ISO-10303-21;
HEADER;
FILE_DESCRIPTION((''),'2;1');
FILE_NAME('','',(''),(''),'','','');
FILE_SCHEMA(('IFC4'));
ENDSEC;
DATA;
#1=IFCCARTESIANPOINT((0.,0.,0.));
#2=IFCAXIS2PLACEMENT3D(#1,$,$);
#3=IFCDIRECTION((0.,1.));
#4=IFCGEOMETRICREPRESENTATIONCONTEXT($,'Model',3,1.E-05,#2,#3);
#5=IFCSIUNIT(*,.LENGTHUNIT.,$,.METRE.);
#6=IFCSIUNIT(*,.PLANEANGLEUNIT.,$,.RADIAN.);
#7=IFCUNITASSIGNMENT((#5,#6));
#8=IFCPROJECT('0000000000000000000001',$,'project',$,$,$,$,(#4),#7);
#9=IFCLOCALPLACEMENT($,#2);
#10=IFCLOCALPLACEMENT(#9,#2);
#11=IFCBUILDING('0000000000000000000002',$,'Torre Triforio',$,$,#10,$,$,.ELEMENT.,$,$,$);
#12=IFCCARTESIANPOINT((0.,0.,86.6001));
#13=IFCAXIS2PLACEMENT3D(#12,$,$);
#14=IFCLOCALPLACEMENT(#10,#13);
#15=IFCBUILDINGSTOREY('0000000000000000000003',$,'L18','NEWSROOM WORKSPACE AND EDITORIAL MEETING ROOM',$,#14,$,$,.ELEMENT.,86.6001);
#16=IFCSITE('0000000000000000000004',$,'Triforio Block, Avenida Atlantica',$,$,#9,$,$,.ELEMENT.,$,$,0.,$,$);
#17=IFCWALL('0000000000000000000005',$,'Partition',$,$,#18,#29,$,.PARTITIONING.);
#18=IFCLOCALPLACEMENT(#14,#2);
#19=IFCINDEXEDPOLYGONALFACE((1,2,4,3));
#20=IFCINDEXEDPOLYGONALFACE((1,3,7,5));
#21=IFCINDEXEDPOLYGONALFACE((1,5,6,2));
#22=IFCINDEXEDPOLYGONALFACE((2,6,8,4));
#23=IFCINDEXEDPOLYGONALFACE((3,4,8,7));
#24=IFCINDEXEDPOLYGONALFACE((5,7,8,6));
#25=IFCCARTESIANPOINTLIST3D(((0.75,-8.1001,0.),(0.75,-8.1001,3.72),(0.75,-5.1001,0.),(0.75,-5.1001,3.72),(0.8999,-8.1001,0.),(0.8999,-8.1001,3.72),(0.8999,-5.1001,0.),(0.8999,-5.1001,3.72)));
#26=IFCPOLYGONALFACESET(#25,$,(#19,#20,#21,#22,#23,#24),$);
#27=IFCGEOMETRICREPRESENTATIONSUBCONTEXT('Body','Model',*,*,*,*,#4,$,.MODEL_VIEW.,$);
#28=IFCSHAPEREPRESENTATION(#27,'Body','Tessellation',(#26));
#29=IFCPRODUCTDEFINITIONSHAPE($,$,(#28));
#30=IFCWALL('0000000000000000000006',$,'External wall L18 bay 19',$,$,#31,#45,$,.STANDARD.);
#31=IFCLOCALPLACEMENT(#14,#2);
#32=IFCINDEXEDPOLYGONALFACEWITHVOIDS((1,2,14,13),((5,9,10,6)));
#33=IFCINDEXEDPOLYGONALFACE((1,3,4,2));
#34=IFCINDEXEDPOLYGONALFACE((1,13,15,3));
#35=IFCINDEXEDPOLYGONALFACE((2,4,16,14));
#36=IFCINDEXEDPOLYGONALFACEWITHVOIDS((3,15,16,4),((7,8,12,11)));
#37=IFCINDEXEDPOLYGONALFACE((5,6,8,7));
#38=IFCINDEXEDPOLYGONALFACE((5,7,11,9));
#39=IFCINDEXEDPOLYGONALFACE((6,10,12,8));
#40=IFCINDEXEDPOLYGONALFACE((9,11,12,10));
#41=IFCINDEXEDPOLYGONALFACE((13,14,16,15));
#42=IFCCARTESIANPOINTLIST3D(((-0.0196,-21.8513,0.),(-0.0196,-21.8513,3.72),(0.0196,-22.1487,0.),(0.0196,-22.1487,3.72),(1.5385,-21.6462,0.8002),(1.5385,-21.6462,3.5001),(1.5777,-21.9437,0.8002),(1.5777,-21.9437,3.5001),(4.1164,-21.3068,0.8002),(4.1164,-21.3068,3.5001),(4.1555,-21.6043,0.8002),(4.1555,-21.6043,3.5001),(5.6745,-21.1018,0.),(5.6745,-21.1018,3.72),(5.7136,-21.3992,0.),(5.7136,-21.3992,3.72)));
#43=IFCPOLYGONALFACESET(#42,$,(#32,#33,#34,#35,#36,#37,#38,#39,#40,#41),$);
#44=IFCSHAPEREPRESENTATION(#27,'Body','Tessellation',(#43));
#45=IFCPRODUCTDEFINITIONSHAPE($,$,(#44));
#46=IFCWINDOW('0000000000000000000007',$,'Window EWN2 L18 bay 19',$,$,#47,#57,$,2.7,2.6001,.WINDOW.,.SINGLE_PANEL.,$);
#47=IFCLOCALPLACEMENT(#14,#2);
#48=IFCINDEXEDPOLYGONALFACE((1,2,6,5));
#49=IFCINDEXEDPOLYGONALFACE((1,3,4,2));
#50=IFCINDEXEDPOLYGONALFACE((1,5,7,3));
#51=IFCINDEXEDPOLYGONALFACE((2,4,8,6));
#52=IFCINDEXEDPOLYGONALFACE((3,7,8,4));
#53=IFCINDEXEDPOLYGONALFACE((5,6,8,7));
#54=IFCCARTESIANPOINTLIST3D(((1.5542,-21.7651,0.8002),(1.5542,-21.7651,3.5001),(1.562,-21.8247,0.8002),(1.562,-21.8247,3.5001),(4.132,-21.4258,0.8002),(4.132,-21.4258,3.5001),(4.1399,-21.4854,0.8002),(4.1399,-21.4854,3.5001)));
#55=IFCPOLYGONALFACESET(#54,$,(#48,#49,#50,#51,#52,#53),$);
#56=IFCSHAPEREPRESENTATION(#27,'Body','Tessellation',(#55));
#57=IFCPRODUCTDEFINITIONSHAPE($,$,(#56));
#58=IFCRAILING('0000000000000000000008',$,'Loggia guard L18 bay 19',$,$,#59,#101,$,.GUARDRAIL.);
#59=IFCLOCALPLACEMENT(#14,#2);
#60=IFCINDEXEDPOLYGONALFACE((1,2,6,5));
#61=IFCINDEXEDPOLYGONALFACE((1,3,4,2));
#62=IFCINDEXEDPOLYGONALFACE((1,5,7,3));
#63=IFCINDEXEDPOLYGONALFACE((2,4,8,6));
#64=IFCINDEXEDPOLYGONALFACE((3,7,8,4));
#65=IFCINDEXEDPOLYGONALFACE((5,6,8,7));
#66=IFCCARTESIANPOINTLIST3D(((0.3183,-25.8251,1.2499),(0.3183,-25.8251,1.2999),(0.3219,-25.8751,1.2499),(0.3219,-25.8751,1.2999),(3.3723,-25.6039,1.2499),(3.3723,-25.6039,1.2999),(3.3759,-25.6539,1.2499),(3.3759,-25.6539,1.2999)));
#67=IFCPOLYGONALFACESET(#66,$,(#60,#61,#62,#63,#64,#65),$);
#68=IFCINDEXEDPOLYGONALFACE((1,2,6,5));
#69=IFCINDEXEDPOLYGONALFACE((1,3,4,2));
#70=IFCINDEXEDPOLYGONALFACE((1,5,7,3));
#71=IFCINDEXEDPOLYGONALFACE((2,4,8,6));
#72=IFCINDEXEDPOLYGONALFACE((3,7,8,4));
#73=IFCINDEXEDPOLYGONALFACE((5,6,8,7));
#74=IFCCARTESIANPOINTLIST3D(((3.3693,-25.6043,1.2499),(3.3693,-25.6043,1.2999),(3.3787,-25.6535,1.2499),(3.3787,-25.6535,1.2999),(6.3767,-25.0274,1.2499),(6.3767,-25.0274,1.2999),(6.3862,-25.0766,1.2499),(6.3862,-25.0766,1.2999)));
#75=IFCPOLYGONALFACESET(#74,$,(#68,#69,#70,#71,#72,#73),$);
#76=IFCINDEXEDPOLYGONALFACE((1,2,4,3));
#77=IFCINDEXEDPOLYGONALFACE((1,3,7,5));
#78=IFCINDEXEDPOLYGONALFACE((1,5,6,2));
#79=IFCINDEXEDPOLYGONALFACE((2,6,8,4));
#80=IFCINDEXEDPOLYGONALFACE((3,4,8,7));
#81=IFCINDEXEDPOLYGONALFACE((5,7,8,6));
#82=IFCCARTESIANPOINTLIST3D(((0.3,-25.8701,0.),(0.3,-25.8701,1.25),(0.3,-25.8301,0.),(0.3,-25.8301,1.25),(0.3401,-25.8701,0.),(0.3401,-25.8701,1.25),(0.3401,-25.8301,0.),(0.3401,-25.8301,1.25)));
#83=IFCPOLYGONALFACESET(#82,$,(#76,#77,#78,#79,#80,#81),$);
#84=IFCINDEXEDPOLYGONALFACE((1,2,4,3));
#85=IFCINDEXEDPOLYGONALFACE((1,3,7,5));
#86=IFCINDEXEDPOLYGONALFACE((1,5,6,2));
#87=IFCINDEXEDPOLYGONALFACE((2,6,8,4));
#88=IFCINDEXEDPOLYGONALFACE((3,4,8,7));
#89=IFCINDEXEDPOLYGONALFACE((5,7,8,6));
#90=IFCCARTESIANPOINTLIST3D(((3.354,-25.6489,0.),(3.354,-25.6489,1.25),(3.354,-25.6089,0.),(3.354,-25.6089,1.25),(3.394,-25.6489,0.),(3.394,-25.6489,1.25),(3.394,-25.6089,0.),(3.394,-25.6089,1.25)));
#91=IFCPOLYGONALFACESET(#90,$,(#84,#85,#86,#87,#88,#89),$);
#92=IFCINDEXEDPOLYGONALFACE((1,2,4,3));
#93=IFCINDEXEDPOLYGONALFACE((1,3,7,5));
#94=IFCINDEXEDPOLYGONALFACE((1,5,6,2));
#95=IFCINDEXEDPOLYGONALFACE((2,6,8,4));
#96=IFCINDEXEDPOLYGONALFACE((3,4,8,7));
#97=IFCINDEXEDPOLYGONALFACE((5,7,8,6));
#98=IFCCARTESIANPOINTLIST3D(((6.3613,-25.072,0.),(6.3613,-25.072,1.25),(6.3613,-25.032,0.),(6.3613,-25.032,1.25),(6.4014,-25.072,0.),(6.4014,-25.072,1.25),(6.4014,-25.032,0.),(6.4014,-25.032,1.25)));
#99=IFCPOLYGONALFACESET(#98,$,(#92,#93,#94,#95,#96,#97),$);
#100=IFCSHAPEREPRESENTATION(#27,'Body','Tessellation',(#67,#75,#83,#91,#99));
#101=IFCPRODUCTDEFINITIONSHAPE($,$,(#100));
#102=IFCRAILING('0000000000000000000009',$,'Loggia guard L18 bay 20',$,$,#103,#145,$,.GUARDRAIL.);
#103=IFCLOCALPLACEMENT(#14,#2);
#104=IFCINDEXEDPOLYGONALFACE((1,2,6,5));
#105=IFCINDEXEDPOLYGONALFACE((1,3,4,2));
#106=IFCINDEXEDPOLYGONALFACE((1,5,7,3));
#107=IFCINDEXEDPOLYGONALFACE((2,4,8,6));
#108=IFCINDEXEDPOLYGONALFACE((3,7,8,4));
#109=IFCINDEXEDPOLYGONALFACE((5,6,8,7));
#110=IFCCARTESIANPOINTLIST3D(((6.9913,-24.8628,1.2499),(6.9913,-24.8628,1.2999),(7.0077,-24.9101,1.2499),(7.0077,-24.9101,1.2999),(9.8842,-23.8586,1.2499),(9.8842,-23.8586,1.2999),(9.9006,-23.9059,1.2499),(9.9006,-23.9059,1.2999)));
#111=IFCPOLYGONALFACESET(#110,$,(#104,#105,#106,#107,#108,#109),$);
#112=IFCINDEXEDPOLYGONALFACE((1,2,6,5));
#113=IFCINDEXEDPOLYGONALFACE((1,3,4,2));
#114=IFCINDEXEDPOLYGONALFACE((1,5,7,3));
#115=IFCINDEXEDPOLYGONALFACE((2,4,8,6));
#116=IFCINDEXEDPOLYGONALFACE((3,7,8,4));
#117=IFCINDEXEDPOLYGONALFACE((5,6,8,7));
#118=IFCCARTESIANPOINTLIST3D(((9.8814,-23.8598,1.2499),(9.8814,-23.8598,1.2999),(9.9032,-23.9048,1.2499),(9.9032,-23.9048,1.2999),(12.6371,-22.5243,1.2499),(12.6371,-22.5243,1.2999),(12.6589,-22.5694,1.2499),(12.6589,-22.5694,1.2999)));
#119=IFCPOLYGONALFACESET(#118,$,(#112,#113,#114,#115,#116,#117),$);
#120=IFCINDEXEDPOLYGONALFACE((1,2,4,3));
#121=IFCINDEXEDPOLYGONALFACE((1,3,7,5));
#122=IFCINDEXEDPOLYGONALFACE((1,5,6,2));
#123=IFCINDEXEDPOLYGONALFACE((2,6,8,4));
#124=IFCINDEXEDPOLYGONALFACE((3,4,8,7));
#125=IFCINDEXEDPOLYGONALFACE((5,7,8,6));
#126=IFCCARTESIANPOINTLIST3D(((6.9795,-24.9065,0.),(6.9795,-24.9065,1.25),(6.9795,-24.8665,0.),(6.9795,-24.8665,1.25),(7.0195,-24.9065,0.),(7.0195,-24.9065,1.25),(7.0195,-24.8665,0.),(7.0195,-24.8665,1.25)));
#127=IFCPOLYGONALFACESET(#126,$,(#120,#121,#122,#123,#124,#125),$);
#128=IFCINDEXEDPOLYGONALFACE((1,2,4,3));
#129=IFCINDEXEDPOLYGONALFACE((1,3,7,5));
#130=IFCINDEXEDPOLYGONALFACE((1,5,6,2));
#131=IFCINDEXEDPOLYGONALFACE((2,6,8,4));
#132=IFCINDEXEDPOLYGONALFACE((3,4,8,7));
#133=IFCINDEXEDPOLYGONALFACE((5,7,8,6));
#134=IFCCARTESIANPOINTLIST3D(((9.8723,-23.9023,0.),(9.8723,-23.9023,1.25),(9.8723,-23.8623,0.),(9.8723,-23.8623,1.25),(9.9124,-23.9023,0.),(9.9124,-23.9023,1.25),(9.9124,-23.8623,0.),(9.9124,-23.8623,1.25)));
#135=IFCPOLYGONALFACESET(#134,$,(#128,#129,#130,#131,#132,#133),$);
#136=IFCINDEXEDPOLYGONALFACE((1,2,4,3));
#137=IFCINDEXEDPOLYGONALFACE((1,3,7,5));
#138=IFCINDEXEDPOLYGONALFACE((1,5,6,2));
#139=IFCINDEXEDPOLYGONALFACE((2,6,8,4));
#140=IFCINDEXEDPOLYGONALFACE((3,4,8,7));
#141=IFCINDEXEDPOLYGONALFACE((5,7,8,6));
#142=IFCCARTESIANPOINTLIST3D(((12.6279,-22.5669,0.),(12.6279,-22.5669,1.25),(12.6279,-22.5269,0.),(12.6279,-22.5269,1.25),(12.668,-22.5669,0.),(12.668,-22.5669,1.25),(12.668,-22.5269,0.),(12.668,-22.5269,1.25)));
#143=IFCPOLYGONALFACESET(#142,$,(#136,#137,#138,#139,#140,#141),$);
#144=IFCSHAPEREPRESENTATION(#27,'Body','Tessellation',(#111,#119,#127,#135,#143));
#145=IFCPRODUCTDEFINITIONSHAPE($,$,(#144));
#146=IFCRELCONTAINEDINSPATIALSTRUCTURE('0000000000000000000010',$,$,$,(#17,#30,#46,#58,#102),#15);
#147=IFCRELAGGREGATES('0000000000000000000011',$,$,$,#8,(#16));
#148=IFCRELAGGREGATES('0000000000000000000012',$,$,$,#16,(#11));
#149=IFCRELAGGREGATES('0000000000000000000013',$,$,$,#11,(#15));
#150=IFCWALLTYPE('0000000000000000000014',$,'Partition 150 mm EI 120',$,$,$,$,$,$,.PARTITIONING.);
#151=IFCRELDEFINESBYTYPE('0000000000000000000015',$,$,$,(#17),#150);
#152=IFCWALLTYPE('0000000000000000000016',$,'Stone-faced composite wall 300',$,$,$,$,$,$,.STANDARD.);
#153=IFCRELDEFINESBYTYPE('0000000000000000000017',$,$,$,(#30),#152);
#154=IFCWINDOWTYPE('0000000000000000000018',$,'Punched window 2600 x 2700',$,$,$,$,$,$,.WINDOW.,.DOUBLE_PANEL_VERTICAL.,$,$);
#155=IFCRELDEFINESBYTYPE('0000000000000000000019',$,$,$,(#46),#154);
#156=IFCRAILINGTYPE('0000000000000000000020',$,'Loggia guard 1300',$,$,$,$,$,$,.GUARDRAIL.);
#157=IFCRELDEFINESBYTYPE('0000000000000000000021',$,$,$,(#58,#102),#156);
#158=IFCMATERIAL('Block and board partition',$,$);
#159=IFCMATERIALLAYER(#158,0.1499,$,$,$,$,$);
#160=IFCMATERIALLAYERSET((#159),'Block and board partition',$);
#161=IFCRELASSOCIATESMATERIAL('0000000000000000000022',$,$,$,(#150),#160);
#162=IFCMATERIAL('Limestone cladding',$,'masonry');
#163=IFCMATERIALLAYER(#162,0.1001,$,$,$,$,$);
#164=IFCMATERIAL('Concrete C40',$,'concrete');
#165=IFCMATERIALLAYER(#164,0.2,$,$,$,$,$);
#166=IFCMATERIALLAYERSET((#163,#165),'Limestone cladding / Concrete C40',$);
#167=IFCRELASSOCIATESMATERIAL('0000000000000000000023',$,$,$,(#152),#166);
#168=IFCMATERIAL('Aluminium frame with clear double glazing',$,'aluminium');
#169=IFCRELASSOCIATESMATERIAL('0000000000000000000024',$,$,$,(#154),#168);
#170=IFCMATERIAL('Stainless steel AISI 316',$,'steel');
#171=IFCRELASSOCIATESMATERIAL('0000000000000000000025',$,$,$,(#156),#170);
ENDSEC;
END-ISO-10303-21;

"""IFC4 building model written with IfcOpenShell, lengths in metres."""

from ifc_helpers import new_model, si_unit, direction, frame, frame_2d, origin, origin_2d, place, context, subcontext, project, spatial, rectangle, extrude, material, layer, layer_set, type_object, element, fill, save


model = new_model("IFC4")

# Units and contexts
model_context = context("Model", 3, precision=1e-05, world=origin(), true_north=direction((0.0, 1.0)))
body_context = subcontext(model_context, "Body", "Model", "MODEL_VIEW")
ifc_project = project(units=[si_unit("LENGTHUNIT", "METRE"), si_unit("PLANEANGLEUNIT", "RADIAN")], contexts=[model_context])

# Site, building, storey
site_placement = place(None, origin())
site = spatial("IfcSite", under=ifc_project, at=site_placement, Name="Triforio Block, Avenida Atlantica", CompositionType="ELEMENT", RefElevation=0.0)
building_placement = place(site_placement, origin())
building = spatial("IfcBuilding", under=site, at=building_placement, Name="Torre Triforio", CompositionType="ELEMENT")
storey_placement = place(building_placement, frame((0.0, 0.0, 86.6001)))
storey = spatial("IfcBuildingStorey", under=building, at=storey_placement, Name="L18", Description="NEWSROOM WORKSPACE AND EDITORIAL MEETING ROOM", CompositionType="ELEMENT", Elevation=86.6001)

# Wall
ifc_material_1 = material(Name="Block and board partition")
ifc_layer_1 = layer(ifc_material_1, 0.1499)
ifc_layer_set_1 = layer_set([ifc_layer_1], Name="Block and board partition")
wall_type_1 = type_object("IfcWallType", Name="Partition 150 mm EI 120", PredefinedType="PARTITIONING", material=ifc_layer_set_1)
wall_1_placement = place(storey_placement, frame((0.825, -8.1001, 0.0), z_axis=(0.0, 0.0, 1.0), x_axis=(0.0, 1.0, 0.0)))
element("IfcWall", 1, at=wall_1_placement, inside=storey, type_object=wall_type_1, Name="Partition", PredefinedType="PARTITIONING", context=body_context, shape_type="SweptSolid", body=[
    extrude(rectangle(XDim=3.0, YDim=0.1499, at=frame_2d((1.5, 0.0))), origin(), (0.0, 0.0, 1.0), 3.72),
])

# Wall, opening, window
ifc_material_2 = material(Name="Limestone cladding", Category="masonry")
ifc_layer_2 = layer(ifc_material_2, 0.1001)
ifc_material_3 = material(Name="Concrete C40", Category="concrete")
ifc_layer_3 = layer(ifc_material_3, 0.2)
ifc_layer_set_2 = layer_set([ifc_layer_2, ifc_layer_3], Name="Limestone cladding / Concrete C40")
wall_type_2 = type_object("IfcWallType", Name="Stone-faced composite wall 300", PredefinedType="STANDARD", material=ifc_layer_set_2)
wall_2_placement = place(storey_placement, frame((0.0, -22.0, 0.0), z_axis=(0.0, 0.0, 1.0), x_axis=(0.991448, 0.130504, 0.0)))
wall_2 = element("IfcWall", 2, at=wall_2_placement, inside=storey, type_object=wall_type_2, Name="External wall L18 bay 19", PredefinedType="STANDARD", context=body_context, shape_type="SweptSolid", body=[
    extrude(rectangle(XDim=5.7432, YDim=0.3, at=frame_2d((2.8716, 0.0))), origin(), (0.0, 0.0, 1.0), 3.72),
])
opening_1_placement = place(wall_2_placement, frame((1.5715, 0.0, 0.8)))
opening_1 = element("IfcOpeningElement", 3, at=opening_1_placement, cuts=wall_2, PredefinedType="OPENING", context=body_context, shape_type="SweptSolid", body=[
    extrude(rectangle(XDim=2.6001, YDim=2.7, at=frame_2d((1.3, 1.3501))), frame((0.0, 0.1599, 0.0), z_axis=(0.0, -1.0, 0.0), x_axis=(1.0, 0.0, 0.0)), (0.0, 0.0, 1.0), 0.3201),
])
ifc_material_4 = material(Name="Aluminium frame with clear double glazing", Category="aluminium")
window_type_1 = type_object("IfcWindowType", Name="Punched window 2600 x 2700", PartitioningType="DOUBLE_PANEL_VERTICAL", PredefinedType="WINDOW", material=ifc_material_4)
window_1_placement = place(opening_1_placement, origin())
window_1 = element("IfcWindow", 4, at=window_1_placement, inside=storey, type_object=window_type_1, Name="Window EWN2 L18 bay 19", OverallHeight=2.7, OverallWidth=2.6001, PartitioningType="SINGLE_PANEL", PredefinedType="WINDOW", context=body_context, shape_type="SweptSolid", body=[
    extrude(rectangle(XDim=2.6001, YDim=2.7, at=frame_2d((1.3, 1.3501))), frame((0.0, 0.03, 0.0), z_axis=(0.0, -1.0, 0.0), x_axis=(1.0, 0.0, 0.0)), (0.0, 0.0, 1.0), 0.0601),
])
fill(opening_1, window_1)

# Railings
ifc_material_5 = material(Name="Stainless steel AISI 316", Category="steel")
railing_type = type_object("IfcRailingType", Name="Loggia guard 1300", PredefinedType="GUARDRAIL", material=ifc_material_5)
railing_1_placement = place(storey_placement, frame((0.3201, -25.8501, 0.0)))
element("IfcRailing", 5, at=railing_1_placement, inside=storey, type_object=railing_type, Name="Loggia guard L18 bay 19", PredefinedType="GUARDRAIL", context=body_context, shape_type="SweptSolid", body=[
    extrude(rectangle(XDim=0.05, YDim=0.05, at=origin_2d()), frame((0.0, 0.0, 1.2749), z_axis=(0.997387, 0.072239, 0.0), x_axis=(-0.072239, 0.997387, 0.0)), (0.0, 0.0, 1.0), 3.062),
    extrude(rectangle(XDim=0.05, YDim=0.05, at=origin_2d()), frame((3.054, 0.2212, 1.2749), z_axis=(0.982093, 0.188398, 0.0), x_axis=(-0.188398, 0.982093, 0.0)), (0.0, 0.0, 1.0), 3.0623),
    extrude(rectangle(XDim=0.04, YDim=0.04, at=origin_2d()), origin(), (0.0, 0.0, 1.0), 1.25),
    extrude(rectangle(XDim=0.04, YDim=0.04, at=origin_2d()), frame((3.054, 0.2212, 0.0)), (0.0, 0.0, 1.0), 1.25),
    extrude(rectangle(XDim=0.04, YDim=0.04, at=origin_2d()), frame((6.0613, 0.7981, 0.0)), (0.0, 0.0, 1.0), 1.25),
])
railing_2_placement = place(storey_placement, frame((6.9995, -24.8865, 0.0)))
element("IfcRailing", 6, at=railing_2_placement, inside=storey, type_object=railing_type, Name="Loggia guard L18 bay 20", PredefinedType="GUARDRAIL", context=body_context, shape_type="SweptSolid", body=[
    extrude(rectangle(XDim=0.05, YDim=0.05, at=origin_2d()), frame((0.0, 0.0, 1.2749), z_axis=(0.944704, 0.327924, 0.0), x_axis=(-0.327924, 0.944704, 0.0)), (0.0, 0.0, 1.0), 3.0623),
    extrude(rectangle(XDim=0.05, YDim=0.05, at=origin_2d()), frame((2.8928, 1.0042, 1.2749), z_axis=(0.899892, 0.436113, 0.0), x_axis=(-0.436113, 0.899892, 0.0)), (0.0, 0.0, 1.0), 3.0623),
    extrude(rectangle(XDim=0.04, YDim=0.04, at=origin_2d()), origin(), (0.0, 0.0, 1.0), 1.25),
    extrude(rectangle(XDim=0.04, YDim=0.04, at=origin_2d()), frame((2.8928, 1.0042, 0.0)), (0.0, 0.0, 1.0), 1.25),
    extrude(rectangle(XDim=0.04, YDim=0.04, at=origin_2d()), frame((5.6484, 2.3396, 0.0)), (0.0, 0.0, 1.0), 1.25),
])

save(model, "model.ifc")
